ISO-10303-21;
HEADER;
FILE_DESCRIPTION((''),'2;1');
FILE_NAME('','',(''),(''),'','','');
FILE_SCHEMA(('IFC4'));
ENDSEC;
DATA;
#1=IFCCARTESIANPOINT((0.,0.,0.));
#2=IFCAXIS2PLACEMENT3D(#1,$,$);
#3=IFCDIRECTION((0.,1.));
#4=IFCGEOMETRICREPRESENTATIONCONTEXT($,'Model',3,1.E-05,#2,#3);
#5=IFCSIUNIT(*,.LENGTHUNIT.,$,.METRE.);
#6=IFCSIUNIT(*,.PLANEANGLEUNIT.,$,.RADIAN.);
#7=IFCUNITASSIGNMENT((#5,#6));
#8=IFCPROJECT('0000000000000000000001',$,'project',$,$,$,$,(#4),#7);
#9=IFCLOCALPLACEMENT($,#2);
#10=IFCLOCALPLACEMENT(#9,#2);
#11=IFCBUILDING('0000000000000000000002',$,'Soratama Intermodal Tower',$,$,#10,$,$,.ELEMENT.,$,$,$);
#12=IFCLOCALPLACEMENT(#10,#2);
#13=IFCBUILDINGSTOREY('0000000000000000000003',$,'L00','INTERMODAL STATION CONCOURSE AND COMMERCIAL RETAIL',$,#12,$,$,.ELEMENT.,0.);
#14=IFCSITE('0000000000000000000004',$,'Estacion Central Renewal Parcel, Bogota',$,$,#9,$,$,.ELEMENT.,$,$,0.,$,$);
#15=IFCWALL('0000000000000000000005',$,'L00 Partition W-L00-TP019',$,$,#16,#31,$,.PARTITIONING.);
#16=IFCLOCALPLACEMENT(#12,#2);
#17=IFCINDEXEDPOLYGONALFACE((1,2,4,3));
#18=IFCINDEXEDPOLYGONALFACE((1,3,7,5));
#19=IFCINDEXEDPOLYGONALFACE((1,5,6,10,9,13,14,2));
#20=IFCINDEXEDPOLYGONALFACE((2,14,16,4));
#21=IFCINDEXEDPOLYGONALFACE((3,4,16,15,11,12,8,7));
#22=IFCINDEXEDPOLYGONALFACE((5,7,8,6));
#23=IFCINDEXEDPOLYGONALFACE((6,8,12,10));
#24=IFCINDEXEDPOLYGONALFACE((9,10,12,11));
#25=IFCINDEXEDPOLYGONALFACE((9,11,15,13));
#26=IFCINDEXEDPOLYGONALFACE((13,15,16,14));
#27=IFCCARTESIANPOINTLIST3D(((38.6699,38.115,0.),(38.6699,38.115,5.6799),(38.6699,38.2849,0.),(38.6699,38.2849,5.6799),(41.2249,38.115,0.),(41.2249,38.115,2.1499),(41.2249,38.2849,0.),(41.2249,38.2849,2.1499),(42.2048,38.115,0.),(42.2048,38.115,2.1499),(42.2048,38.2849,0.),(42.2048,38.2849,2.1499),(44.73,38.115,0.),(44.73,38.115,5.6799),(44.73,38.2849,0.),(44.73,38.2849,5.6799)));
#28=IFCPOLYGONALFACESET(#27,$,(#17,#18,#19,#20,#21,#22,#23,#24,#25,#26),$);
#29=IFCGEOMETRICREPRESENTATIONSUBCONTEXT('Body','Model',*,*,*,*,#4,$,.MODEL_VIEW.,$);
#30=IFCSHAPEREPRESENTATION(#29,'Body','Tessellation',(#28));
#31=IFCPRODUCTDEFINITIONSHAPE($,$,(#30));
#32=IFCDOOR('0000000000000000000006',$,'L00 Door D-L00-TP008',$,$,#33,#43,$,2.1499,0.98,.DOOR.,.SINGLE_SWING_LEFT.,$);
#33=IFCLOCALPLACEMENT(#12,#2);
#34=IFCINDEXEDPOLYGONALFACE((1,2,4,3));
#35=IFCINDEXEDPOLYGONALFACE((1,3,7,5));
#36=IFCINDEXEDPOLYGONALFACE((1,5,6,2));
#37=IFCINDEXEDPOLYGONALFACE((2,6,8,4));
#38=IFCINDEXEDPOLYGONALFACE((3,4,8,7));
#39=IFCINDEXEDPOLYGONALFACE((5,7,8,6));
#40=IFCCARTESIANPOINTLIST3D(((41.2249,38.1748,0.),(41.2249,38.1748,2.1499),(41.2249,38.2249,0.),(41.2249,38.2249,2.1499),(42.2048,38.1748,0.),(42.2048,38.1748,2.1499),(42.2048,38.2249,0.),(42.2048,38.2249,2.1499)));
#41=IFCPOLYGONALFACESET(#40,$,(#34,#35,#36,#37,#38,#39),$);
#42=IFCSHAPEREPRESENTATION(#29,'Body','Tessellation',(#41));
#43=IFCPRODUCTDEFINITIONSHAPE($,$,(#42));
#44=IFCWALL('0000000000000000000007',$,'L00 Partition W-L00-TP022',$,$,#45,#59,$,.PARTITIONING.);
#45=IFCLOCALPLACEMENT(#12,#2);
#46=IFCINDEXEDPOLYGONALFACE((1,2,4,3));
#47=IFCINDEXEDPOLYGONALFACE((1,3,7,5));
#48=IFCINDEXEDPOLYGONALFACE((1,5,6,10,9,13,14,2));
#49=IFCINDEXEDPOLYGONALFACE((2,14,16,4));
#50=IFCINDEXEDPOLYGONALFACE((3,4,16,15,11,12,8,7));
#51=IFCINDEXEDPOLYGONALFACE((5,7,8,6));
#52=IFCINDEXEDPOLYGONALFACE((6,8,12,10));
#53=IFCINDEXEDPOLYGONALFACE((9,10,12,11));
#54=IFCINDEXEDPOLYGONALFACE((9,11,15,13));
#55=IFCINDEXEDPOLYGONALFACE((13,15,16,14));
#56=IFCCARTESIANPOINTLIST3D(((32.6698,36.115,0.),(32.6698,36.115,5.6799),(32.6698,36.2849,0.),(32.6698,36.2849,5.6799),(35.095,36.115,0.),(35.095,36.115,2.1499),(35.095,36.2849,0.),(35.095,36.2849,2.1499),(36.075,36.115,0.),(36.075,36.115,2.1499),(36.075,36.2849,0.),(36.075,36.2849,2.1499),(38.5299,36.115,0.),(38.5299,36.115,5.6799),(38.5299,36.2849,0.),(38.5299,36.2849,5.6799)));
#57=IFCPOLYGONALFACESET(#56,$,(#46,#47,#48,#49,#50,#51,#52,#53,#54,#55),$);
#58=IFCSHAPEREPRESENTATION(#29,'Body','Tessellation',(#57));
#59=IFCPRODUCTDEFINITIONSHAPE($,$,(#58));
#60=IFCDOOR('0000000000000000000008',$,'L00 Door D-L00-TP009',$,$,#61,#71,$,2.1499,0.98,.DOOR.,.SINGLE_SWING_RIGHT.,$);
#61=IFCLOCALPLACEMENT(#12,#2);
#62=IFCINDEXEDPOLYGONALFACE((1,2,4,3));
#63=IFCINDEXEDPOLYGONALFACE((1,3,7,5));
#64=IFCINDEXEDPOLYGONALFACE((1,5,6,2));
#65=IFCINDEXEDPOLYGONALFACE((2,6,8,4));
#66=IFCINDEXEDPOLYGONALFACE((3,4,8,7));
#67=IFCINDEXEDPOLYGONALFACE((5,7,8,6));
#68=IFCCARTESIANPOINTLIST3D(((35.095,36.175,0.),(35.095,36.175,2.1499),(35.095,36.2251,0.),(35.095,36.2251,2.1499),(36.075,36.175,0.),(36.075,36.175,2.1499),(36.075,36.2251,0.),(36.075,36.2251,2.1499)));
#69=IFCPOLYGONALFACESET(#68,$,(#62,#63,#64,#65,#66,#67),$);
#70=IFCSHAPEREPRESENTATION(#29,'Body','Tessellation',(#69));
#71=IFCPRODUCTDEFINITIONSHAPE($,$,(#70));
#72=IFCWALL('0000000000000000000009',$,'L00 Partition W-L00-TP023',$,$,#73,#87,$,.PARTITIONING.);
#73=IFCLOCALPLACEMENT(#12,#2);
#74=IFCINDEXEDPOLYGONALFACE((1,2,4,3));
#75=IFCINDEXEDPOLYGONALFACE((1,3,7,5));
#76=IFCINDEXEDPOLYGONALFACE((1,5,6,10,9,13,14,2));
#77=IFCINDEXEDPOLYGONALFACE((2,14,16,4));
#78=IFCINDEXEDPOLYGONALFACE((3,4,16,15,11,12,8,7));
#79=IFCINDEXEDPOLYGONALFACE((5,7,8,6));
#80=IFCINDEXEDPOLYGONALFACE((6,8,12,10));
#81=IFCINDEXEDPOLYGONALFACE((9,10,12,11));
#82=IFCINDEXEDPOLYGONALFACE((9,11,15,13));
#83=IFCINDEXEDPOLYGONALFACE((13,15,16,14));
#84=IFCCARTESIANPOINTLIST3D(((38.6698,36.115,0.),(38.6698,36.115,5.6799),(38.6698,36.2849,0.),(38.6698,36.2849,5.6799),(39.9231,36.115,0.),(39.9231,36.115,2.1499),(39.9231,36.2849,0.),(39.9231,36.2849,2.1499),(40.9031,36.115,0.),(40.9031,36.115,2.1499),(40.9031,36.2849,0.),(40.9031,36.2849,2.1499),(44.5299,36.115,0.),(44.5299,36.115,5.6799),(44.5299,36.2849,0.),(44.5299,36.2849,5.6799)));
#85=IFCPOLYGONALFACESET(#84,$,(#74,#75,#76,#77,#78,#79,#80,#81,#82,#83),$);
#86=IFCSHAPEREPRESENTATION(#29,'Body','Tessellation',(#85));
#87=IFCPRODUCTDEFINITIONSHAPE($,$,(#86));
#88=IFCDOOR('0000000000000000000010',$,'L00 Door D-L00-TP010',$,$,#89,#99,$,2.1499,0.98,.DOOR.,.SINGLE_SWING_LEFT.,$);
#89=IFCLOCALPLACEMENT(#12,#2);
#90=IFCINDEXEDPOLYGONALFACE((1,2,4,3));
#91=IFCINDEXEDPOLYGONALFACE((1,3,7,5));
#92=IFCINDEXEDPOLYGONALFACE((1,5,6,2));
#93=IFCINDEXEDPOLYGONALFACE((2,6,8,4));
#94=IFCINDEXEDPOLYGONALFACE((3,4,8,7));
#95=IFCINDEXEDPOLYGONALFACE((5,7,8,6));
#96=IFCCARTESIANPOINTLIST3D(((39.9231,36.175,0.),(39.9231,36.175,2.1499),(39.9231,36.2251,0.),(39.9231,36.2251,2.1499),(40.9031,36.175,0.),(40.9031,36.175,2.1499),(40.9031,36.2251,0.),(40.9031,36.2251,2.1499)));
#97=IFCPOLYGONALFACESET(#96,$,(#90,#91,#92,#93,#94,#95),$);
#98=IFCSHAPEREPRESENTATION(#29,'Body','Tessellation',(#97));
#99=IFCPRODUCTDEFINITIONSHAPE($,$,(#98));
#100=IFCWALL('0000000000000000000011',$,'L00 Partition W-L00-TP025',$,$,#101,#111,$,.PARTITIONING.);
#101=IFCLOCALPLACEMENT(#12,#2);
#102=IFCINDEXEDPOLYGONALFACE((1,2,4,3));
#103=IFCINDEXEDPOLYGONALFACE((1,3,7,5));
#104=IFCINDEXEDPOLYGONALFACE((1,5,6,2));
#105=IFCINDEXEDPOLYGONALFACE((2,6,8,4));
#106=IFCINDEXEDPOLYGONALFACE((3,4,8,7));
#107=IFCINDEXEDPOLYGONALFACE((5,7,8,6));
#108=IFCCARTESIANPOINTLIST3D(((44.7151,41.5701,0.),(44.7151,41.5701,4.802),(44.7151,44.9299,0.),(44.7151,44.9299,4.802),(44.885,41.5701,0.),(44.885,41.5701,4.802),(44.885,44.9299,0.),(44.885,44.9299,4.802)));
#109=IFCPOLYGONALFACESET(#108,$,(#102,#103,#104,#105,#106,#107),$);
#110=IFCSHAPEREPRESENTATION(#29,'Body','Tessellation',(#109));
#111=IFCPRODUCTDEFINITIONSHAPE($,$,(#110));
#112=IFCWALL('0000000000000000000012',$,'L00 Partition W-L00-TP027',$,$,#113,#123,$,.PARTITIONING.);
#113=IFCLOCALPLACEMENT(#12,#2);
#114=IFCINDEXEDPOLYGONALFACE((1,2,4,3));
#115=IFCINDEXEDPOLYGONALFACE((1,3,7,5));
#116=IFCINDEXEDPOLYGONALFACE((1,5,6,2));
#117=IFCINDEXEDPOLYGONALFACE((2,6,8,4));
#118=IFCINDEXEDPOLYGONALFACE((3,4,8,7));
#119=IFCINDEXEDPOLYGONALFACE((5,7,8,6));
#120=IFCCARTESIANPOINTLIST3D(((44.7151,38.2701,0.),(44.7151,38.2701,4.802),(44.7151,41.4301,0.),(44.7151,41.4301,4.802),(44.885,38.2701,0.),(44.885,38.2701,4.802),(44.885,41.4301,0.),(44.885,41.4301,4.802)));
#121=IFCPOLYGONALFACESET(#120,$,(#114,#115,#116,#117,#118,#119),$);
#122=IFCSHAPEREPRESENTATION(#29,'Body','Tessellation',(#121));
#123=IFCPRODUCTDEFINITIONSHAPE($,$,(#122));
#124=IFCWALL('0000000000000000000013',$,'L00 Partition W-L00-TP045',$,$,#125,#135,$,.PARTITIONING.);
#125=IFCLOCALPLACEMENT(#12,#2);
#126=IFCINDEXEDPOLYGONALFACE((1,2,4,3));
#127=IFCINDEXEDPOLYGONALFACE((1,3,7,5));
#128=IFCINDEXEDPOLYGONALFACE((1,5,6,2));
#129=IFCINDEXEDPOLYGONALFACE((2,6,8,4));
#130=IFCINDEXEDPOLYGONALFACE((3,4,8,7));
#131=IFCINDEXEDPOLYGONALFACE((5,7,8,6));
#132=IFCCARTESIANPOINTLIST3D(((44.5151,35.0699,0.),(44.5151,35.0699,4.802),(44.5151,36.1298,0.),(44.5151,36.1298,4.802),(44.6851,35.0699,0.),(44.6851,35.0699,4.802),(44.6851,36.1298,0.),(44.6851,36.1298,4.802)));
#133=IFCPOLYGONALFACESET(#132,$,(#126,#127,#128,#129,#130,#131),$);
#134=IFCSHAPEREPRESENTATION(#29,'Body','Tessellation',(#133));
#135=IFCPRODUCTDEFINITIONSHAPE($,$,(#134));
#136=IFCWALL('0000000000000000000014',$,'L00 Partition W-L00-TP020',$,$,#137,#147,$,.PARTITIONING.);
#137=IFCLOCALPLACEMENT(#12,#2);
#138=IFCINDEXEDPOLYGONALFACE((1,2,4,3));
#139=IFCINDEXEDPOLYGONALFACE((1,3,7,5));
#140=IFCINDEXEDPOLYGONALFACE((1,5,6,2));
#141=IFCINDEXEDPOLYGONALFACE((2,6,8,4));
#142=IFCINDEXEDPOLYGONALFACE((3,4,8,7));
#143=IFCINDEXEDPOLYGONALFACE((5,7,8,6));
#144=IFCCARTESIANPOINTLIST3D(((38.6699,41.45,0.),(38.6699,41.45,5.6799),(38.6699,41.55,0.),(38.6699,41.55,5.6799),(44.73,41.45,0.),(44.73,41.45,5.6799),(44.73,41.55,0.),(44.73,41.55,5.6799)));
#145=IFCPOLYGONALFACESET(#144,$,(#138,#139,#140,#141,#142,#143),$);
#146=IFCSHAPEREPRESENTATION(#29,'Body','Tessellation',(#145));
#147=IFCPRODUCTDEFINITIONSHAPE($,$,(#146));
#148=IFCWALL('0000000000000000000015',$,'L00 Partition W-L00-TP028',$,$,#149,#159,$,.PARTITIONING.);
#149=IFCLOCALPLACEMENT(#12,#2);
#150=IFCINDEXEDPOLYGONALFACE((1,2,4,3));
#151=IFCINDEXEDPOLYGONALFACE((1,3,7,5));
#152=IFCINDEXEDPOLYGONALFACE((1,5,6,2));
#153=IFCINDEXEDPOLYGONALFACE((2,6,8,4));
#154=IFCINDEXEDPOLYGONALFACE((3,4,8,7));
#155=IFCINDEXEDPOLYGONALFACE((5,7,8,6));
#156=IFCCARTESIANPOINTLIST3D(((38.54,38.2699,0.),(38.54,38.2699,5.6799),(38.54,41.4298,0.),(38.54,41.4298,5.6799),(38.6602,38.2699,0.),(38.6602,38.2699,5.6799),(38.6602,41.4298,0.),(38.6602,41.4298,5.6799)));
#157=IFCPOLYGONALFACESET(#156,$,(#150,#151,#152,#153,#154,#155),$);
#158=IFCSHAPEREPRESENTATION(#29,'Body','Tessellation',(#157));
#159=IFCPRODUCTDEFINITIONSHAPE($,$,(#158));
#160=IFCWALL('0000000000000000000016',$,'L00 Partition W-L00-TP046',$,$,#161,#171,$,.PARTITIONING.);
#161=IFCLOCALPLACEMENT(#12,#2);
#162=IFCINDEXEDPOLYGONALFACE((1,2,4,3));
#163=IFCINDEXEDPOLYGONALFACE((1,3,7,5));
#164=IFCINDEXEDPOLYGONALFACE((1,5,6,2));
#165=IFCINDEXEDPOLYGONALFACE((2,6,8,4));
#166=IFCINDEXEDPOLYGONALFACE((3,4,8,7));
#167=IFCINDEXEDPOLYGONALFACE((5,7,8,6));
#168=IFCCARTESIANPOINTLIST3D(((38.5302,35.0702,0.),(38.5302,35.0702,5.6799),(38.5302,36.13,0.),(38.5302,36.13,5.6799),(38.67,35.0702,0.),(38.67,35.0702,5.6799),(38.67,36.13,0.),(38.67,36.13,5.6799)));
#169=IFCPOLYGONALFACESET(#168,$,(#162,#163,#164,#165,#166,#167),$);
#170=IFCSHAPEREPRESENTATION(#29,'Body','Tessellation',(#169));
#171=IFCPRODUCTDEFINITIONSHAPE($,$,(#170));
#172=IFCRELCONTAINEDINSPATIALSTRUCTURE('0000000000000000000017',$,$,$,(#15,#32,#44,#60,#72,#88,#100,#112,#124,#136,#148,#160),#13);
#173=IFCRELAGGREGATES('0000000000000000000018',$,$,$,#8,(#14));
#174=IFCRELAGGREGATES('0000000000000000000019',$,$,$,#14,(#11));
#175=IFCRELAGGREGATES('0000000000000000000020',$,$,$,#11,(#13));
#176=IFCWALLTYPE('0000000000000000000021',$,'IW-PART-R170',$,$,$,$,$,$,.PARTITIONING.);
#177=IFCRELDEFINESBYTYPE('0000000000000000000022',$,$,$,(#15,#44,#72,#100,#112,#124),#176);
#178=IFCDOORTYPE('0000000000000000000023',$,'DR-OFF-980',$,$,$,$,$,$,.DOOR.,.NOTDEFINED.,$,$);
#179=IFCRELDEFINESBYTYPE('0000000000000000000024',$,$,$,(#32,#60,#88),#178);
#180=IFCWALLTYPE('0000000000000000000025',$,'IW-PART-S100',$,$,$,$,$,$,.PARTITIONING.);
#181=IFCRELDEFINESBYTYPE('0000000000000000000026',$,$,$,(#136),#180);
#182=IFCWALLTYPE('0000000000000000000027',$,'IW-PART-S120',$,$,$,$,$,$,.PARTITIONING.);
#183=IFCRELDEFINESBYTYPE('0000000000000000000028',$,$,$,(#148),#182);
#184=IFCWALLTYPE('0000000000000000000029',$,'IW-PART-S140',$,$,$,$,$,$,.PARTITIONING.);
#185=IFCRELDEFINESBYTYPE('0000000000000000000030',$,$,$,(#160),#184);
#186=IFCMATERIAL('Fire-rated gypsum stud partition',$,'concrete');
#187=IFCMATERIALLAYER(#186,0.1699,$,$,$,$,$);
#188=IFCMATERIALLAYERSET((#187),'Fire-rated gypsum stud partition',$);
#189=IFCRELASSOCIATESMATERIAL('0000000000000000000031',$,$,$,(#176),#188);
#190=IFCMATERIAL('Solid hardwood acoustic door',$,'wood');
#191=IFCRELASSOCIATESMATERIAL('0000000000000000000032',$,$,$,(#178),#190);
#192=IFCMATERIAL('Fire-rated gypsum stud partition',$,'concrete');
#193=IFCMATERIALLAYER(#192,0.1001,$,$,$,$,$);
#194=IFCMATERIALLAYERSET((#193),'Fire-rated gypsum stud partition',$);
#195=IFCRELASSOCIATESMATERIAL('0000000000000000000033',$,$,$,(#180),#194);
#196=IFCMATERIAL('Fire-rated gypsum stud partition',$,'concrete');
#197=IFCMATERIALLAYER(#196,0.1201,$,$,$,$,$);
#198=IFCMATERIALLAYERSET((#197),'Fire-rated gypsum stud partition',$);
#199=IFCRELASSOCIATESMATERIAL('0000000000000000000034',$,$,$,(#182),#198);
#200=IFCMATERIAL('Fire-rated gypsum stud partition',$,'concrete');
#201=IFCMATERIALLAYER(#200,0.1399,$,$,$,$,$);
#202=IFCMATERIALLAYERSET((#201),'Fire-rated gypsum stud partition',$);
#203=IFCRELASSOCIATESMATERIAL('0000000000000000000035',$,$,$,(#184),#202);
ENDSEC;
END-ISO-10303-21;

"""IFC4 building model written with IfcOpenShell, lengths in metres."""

from ifc_helpers import new_model, si_unit, direction, frame, frame_2d, origin, place, context, subcontext, project, spatial, rectangle, extrude, material, layer, layer_set, type_object, element, fill, save


model = new_model("IFC4")

# Units and contexts
model_context = context("Model", 3, precision=1e-05, world=origin(), true_north=direction((0.0, 1.0)))
body_context = subcontext(model_context, "Body", "Model", "MODEL_VIEW")
ifc_project = project(units=[si_unit("LENGTHUNIT", "METRE"), si_unit("PLANEANGLEUNIT", "RADIAN")], contexts=[model_context])

# Site, building, storey
site_placement = place(None, origin())
site = spatial("IfcSite", under=ifc_project, at=site_placement, Name="Estacion Central Renewal Parcel, Bogota", CompositionType="ELEMENT", RefElevation=0.0)
building_placement = place(site_placement, origin())
building = spatial("IfcBuilding", under=site, at=building_placement, Name="Soratama Intermodal Tower", CompositionType="ELEMENT")
storey_placement = place(building_placement, origin())
storey = spatial("IfcBuildingStorey", under=building, at=storey_placement, Name="L00", Description="INTERMODAL STATION CONCOURSE AND COMMERCIAL RETAIL", CompositionType="ELEMENT", Elevation=0.0)

# Shared definitions
ifc_material_1 = material(Name="Fire-rated gypsum stud partition", Category="concrete")
ifc_layer_1 = layer(ifc_material_1, 0.1699)
ifc_layer_set_1 = layer_set([ifc_layer_1], Name="Fire-rated gypsum stud partition")
wall_type_1 = type_object("IfcWallType", Name="IW-PART-R170", PredefinedType="PARTITIONING", material=ifc_layer_set_1)
ifc_material_2 = material(Name="Solid hardwood acoustic door", Category="wood")
door_type_1 = type_object("IfcDoorType", Name="DR-OFF-980", OperationType="NOTDEFINED", PredefinedType="DOOR", material=ifc_material_2)

# Walls, openings, doors
wall_1_placement = place(storey_placement, frame((38.6699, 38.2, 0.0), z_axis=(0.0, 0.0, 1.0), x_axis=(1.0, 0.0, 0.0)))
wall_1 = element("IfcWall", 1, at=wall_1_placement, inside=storey, type_object=wall_type_1, Name="L00 Partition W-L00-TP019", PredefinedType="PARTITIONING", context=body_context, shape_type="SweptSolid", body=[
    extrude(rectangle(XDim=6.0601, YDim=0.1699, at=frame_2d((3.03, 0.0))), origin(), (0.0, 0.0, 1.0), 5.6799),
])
opening_1_placement = place(wall_1_placement, frame((2.5549, 0.0, 0.0)))
opening_1 = element("IfcOpeningElement", 2, at=opening_1_placement, cuts=wall_1, PredefinedType="OPENING", context=body_context, shape_type="SweptSolid", body=[
    extrude(rectangle(XDim=0.98, YDim=2.1499, at=frame_2d((0.49, 1.075))), frame((0.0, 0.095, 0.0), z_axis=(0.0, -1.0, 0.0), x_axis=(1.0, 0.0, 0.0)), (0.0, 0.0, 1.0), 0.1899),
])
door_1_placement = place(opening_1_placement, origin())
door_1 = element("IfcDoor", 3, at=door_1_placement, inside=storey, type_object=door_type_1, Name="L00 Door D-L00-TP008", OperationType="SINGLE_SWING_LEFT", OverallHeight=2.1499, OverallWidth=0.98, PredefinedType="DOOR", context=body_context, shape_type="SweptSolid", body=[
    extrude(rectangle(XDim=0.98, YDim=2.1499, at=frame_2d((0.49, 1.075))), frame((0.0, 0.0249, 0.0), z_axis=(0.0, -1.0, 0.0), x_axis=(1.0, 0.0, 0.0)), (0.0, 0.0, 1.0), 0.05),
])
fill(opening_1, door_1)
wall_2_placement = place(storey_placement, frame((38.53, 36.2, 0.0), z_axis=(0.0, 0.0, 1.0), x_axis=(-1.0, 0.0, 0.0)))
wall_2 = element("IfcWall", 4, at=wall_2_placement, inside=storey, type_object=wall_type_1, Name="L00 Partition W-L00-TP022", PredefinedType="PARTITIONING", context=body_context, shape_type="SweptSolid", body=[
    extrude(rectangle(XDim=5.8601, YDim=0.1699, at=frame_2d((2.9302, 0.0))), origin(), (0.0, 0.0, 1.0), 5.6799),
])
opening_2_placement = place(wall_2_placement, frame((2.4551, 0.0, 0.0)))
opening_2 = element("IfcOpeningElement", 5, at=opening_2_placement, cuts=wall_2, PredefinedType="OPENING", context=body_context, shape_type="SweptSolid", body=[
    extrude(rectangle(XDim=0.98, YDim=2.1499, at=frame_2d((0.49, 1.075))), frame((0.0, 0.095, 0.0), z_axis=(0.0, -1.0, 0.0), x_axis=(1.0, 0.0, 0.0)), (0.0, 0.0, 1.0), 0.1899),
])
door_2_placement = place(opening_2_placement, origin())
door_2 = element("IfcDoor", 6, at=door_2_placement, inside=storey, type_object=door_type_1, Name="L00 Door D-L00-TP009", OperationType="SINGLE_SWING_RIGHT", OverallHeight=2.1499, OverallWidth=0.98, PredefinedType="DOOR", context=body_context, shape_type="SweptSolid", body=[
    extrude(rectangle(XDim=0.98, YDim=2.1499, at=frame_2d((0.49, 1.075))), frame((0.0, 0.0249, 0.0), z_axis=(0.0, -1.0, 0.0), x_axis=(1.0, 0.0, 0.0)), (0.0, 0.0, 1.0), 0.05),
])
fill(opening_2, door_2)
wall_3_placement = place(storey_placement, frame((44.53, 36.2, 0.0), z_axis=(0.0, 0.0, 1.0), x_axis=(-1.0, 0.0, 0.0)))
wall_3 = element("IfcWall", 7, at=wall_3_placement, inside=storey, type_object=wall_type_1, Name="L00 Partition W-L00-TP023", PredefinedType="PARTITIONING", context=body_context, shape_type="SweptSolid", body=[
    extrude(rectangle(XDim=5.8601, YDim=0.1699, at=frame_2d((2.9302, 0.0))), origin(), (0.0, 0.0, 1.0), 5.6799),
])
opening_3_placement = place(wall_3_placement, frame((3.627, 0.0, 0.0)))
opening_3 = element("IfcOpeningElement", 8, at=opening_3_placement, cuts=wall_3, PredefinedType="OPENING", context=body_context, shape_type="SweptSolid", body=[
    extrude(rectangle(XDim=0.98, YDim=2.1499, at=frame_2d((0.49, 1.075))), frame((0.0, 0.095, 0.0), z_axis=(0.0, -1.0, 0.0), x_axis=(1.0, 0.0, 0.0)), (0.0, 0.0, 1.0), 0.1899),
])
door_3_placement = place(opening_3_placement, origin())
door_3 = element("IfcDoor", 9, at=door_3_placement, inside=storey, type_object=door_type_1, Name="L00 Door D-L00-TP010", OperationType="SINGLE_SWING_LEFT", OverallHeight=2.1499, OverallWidth=0.98, PredefinedType="DOOR", context=body_context, shape_type="SweptSolid", body=[
    extrude(rectangle(XDim=0.98, YDim=2.1499, at=frame_2d((0.49, 1.075))), frame((0.0, 0.0249, 0.0), z_axis=(0.0, -1.0, 0.0), x_axis=(1.0, 0.0, 0.0)), (0.0, 0.0, 1.0), 0.05),
])
fill(opening_3, door_3)

# Walls
wall_4_placement = place(storey_placement, frame((44.8, 41.5701, 0.0), z_axis=(0.0, 0.0, 1.0), x_axis=(0.0, 1.0, 0.0)))
element("IfcWall", 10, at=wall_4_placement, inside=storey, type_object=wall_type_1, Name="L00 Partition W-L00-TP025", PredefinedType="PARTITIONING", context=body_context, shape_type="SweptSolid", body=[
    extrude(rectangle(XDim=3.3599, YDim=0.1699, at=frame_2d((1.6799, 0.0))), origin(), (0.0, 0.0, 1.0), 4.802),
])
wall_5_placement = place(storey_placement, frame((44.8, 38.27, 0.0), z_axis=(0.0, 0.0, 1.0), x_axis=(0.0, 1.0, 0.0)))
element("IfcWall", 11, at=wall_5_placement, inside=storey, type_object=wall_type_1, Name="L00 Partition W-L00-TP027", PredefinedType="PARTITIONING", context=body_context, shape_type="SweptSolid", body=[
    extrude(rectangle(XDim=3.1599, YDim=0.1699, at=frame_2d((1.5801, 0.0))), origin(), (0.0, 0.0, 1.0), 4.802),
])
wall_6_placement = place(storey_placement, frame((44.6001, 35.0701, 0.0), z_axis=(0.0, 0.0, 1.0), x_axis=(0.0, 1.0, 0.0)))
element("IfcWall", 12, at=wall_6_placement, inside=storey, type_object=wall_type_1, Name="L00 Partition W-L00-TP045", PredefinedType="PARTITIONING", context=body_context, shape_type="SweptSolid", body=[
    extrude(rectangle(XDim=1.0598, YDim=0.1699, at=frame_2d((0.5298, 0.0))), origin(), (0.0, 0.0, 1.0), 4.802),
])
ifc_material_3 = material(Name="Fire-rated gypsum stud partition", Category="concrete")
ifc_layer_2 = layer(ifc_material_3, 0.1001)
ifc_layer_set_2 = layer_set([ifc_layer_2], Name="Fire-rated gypsum stud partition")
wall_type_2 = type_object("IfcWallType", Name="IW-PART-S100", PredefinedType="PARTITIONING", material=ifc_layer_set_2)
wall_7_placement = place(storey_placement, frame((44.73, 41.5, 0.0), z_axis=(0.0, 0.0, 1.0), x_axis=(-1.0, 0.0, 0.0)))
element("IfcWall", 13, at=wall_7_placement, inside=storey, type_object=wall_type_2, Name="L00 Partition W-L00-TP020", PredefinedType="PARTITIONING", context=body_context, shape_type="SweptSolid", body=[
    extrude(rectangle(XDim=6.0601, YDim=0.1001, at=frame_2d((3.03, 0.0))), origin(), (0.0, 0.0, 1.0), 5.6799),
])
ifc_material_4 = material(Name="Fire-rated gypsum stud partition", Category="concrete")
ifc_layer_3 = layer(ifc_material_4, 0.1201)
ifc_layer_set_3 = layer_set([ifc_layer_3], Name="Fire-rated gypsum stud partition")
wall_type_3 = type_object("IfcWallType", Name="IW-PART-S120", PredefinedType="PARTITIONING", material=ifc_layer_set_3)
wall_8_placement = place(storey_placement, frame((38.6001, 41.4299, 0.0), z_axis=(0.0, 0.0, 1.0), x_axis=(0.0, -1.0, 0.0)))
element("IfcWall", 14, at=wall_8_placement, inside=storey, type_object=wall_type_3, Name="L00 Partition W-L00-TP028", PredefinedType="PARTITIONING", context=body_context, shape_type="SweptSolid", body=[
    extrude(rectangle(XDim=3.1599, YDim=0.1201, at=frame_2d((1.5801, 0.0))), origin(), (0.0, 0.0, 1.0), 5.6799),
])
ifc_material_5 = material(Name="Fire-rated gypsum stud partition", Category="concrete")
ifc_layer_4 = layer(ifc_material_5, 0.1399)
ifc_layer_set_4 = layer_set([ifc_layer_4], Name="Fire-rated gypsum stud partition")
wall_type_4 = type_object("IfcWallType", Name="IW-PART-S140", PredefinedType="PARTITIONING", material=ifc_layer_set_4)
wall_9_placement = place(storey_placement, frame((38.6001, 36.1299, 0.0), z_axis=(0.0, 0.0, 1.0), x_axis=(0.0, -1.0, 0.0)))
element("IfcWall", 15, at=wall_9_placement, inside=storey, type_object=wall_type_4, Name="L00 Partition W-L00-TP046", PredefinedType="PARTITIONING", context=body_context, shape_type="SweptSolid", body=[
    extrude(rectangle(XDim=1.0598, YDim=0.1399, at=frame_2d((0.5298, 0.0))), origin(), (0.0, 0.0, 1.0), 5.6799),
])

save(model, "model.ifc")
